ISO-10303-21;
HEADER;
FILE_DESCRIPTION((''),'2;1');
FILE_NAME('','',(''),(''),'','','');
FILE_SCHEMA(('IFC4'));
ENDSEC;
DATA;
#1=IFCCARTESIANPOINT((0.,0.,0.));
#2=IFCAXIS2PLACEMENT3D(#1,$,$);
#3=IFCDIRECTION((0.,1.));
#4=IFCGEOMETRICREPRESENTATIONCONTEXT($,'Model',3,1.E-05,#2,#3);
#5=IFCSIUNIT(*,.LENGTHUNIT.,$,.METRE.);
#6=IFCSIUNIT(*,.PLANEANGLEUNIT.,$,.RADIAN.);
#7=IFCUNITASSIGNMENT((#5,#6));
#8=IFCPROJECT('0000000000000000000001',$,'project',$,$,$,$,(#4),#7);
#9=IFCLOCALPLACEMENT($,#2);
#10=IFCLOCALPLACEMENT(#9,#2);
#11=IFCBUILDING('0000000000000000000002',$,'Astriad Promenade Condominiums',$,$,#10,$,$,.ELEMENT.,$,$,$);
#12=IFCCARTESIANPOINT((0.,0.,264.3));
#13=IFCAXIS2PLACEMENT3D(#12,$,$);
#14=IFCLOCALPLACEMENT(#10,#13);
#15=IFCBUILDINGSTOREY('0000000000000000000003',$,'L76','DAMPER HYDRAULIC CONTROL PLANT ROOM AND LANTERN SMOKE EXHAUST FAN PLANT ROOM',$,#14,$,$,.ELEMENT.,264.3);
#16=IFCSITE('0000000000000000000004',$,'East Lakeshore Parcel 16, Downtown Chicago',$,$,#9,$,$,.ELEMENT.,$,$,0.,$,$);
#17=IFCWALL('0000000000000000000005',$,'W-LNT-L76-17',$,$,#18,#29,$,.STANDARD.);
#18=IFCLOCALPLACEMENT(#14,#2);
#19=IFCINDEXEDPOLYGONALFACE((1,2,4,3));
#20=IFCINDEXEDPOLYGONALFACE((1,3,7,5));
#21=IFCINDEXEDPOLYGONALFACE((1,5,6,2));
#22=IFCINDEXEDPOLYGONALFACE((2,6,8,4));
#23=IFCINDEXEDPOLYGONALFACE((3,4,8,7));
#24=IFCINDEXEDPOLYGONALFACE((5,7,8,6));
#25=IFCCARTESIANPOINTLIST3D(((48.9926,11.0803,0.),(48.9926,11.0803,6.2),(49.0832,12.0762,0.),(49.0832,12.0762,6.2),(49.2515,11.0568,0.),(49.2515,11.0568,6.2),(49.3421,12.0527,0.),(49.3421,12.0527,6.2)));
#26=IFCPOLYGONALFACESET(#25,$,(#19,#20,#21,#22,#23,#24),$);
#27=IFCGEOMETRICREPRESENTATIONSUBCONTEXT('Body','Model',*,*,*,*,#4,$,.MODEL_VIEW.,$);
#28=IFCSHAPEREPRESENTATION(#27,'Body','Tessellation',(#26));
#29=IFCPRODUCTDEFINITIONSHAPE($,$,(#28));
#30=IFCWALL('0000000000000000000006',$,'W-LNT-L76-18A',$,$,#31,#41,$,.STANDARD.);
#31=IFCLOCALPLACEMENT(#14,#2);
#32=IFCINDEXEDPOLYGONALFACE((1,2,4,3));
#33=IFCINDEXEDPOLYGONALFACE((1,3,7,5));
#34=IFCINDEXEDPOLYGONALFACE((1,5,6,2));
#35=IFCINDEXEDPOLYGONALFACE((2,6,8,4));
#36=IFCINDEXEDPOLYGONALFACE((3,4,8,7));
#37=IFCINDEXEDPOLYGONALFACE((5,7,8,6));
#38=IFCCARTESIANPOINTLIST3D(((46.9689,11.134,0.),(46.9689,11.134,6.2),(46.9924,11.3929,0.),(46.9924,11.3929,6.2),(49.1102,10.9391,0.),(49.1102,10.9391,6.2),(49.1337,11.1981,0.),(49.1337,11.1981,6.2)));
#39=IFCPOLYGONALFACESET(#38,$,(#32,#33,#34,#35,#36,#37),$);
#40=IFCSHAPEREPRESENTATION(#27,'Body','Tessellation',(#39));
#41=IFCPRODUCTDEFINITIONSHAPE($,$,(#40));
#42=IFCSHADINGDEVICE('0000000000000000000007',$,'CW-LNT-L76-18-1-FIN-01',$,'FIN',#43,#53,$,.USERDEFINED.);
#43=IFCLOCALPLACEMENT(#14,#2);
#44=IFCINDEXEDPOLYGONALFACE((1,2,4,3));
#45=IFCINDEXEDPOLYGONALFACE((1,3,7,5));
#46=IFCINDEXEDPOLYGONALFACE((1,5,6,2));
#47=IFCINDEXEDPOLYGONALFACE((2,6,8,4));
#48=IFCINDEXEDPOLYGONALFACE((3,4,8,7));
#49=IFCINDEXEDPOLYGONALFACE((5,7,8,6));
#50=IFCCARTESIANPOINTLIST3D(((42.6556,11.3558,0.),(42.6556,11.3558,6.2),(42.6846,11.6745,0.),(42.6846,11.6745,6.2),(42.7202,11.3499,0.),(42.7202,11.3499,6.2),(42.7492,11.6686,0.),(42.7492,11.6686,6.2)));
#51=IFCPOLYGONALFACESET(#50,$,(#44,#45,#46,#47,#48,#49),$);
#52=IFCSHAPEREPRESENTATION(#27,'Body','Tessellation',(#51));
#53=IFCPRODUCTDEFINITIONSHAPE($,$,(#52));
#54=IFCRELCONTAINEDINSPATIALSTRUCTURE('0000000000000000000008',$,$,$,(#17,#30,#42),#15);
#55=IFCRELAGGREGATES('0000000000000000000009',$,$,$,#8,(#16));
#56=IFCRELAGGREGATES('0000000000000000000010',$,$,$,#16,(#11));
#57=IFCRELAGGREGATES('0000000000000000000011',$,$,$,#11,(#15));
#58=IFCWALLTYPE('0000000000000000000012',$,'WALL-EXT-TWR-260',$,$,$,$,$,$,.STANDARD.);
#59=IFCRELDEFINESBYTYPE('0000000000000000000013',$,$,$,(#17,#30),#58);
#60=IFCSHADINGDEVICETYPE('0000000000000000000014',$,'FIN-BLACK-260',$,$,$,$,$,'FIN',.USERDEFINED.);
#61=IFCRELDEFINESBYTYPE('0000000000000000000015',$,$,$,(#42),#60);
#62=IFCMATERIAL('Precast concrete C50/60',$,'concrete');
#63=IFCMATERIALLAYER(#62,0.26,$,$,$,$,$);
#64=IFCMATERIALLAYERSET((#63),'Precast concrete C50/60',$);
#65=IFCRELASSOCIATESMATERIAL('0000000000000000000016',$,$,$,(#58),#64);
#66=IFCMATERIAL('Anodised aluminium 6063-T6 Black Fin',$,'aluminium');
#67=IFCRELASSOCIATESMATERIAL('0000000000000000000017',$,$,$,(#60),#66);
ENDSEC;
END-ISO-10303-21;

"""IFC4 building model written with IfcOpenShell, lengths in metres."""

from ifc_helpers import new_model, si_unit, direction, frame, frame_2d, origin, origin_2d, place, context, subcontext, project, spatial, rectangle, extrude, source, transform, mapped, material, layer, layer_set, type_object, type_shapes, element, save


model = new_model("IFC4")

# Units and contexts
model_context = context("Model", 3, precision=1e-05, world=origin(), true_north=direction((0.0, 1.0)))
body_context = subcontext(model_context, "Body", "Model", "MODEL_VIEW")
ifc_project = project(units=[si_unit("LENGTHUNIT", "METRE"), si_unit("PLANEANGLEUNIT", "RADIAN")], contexts=[model_context])

# Site, building, storey
site_placement = place(None, origin())
site = spatial("IfcSite", under=ifc_project, at=site_placement, Name="East Lakeshore Parcel 16, Downtown Chicago", CompositionType="ELEMENT", RefElevation=0.0)
building_placement = place(site_placement, origin())
building = spatial("IfcBuilding", under=site, at=building_placement, Name="Astriad Promenade Condominiums", CompositionType="ELEMENT")
storey_placement = place(building_placement, frame((0.0, 0.0, 264.3)))
storey = spatial("IfcBuildingStorey", under=building, at=storey_placement, Name="L76", Description="DAMPER HYDRAULIC CONTROL PLANT ROOM AND LANTERN SMOKE EXHAUST FAN PLANT ROOM", CompositionType="ELEMENT", Elevation=264.3)

# Walls
ifc_material_1 = material(Name="Precast concrete C50/60", Category="concrete")
ifc_layer_1 = layer(ifc_material_1, 0.26)
ifc_layer_set_1 = layer_set([ifc_layer_1], Name="Precast concrete C50/60")
wall_type_1 = type_object("IfcWallType", Name="WALL-EXT-TWR-260", PredefinedType="STANDARD", material=ifc_layer_set_1)
for number, where, z_axis, x_axis, name in (
    (1, (49.2126, 12.0645, 0.0), (0.0, 0.0, 1.0), (-0.09058, -0.995889, 0.0), "W-LNT-L76-17"),
):
    element("IfcWall", number, at=place(storey_placement, frame(where, z_axis=z_axis, x_axis=x_axis)), inside=storey, type_object=wall_type_1, Name=name, PredefinedType="STANDARD", context=body_context, shape_type="SweptSolid", body=[
        extrude(rectangle(XDim=1.0, YDim=0.26, at=frame_2d((0.5, 0.0))), origin(), (0.0, 0.0, 1.0), 6.2),
    ])
wall_1_placement = place(storey_placement, frame((49.1221, 11.0686, 0.0), z_axis=(0.0, 0.0, 1.0), x_axis=(-0.995887, 0.090607, 0.0)))
element("IfcWall", 2, at=wall_1_placement, inside=storey, type_object=wall_type_1, Name="W-LNT-L76-18A", PredefinedType="STANDARD", context=body_context, shape_type="SweptSolid", body=[
    extrude(rectangle(XDim=2.1501, YDim=0.26, at=frame_2d((1.0752, 0.0))), origin(), (0.0, 0.0, 1.0), 6.2),
])

# Shading device
ifc_material_2 = material(Name="Anodised aluminium 6063-T6 Black Fin", Category="aluminium")
shading_device_type = type_object("IfcShadingDeviceType", Name="FIN-BLACK-260", ElementType="FIN", PredefinedType="USERDEFINED", material=ifc_material_2)
shared_shape_1 = source(origin(), body_context, "Body", "SweptSolid", [
    extrude(rectangle(XDim=0.0649, YDim=0.3201, at=origin_2d()), origin(), (0.0, 0.0, 1.0), 6.2),
])
type_shapes(shading_device_type, [shared_shape_1])
shading_device_placement = place(storey_placement, frame((42.7024, 11.5122, 0.0), z_axis=(0.0, 0.0, 1.0), x_axis=(-0.995884, 0.090633, 0.0)))
element("IfcShadingDevice", 3, at=shading_device_placement, inside=storey, type_object=shading_device_type, Name="CW-LNT-L76-18-1-FIN-01", ObjectType="FIN", PredefinedType="USERDEFINED", context=body_context, shape_type="MappedRepresentation", body=[
    mapped(shared_shape_1, transform((0.0, 0.0, 0.0), scale=1.0)),
])

save(model, "model.ifc")
